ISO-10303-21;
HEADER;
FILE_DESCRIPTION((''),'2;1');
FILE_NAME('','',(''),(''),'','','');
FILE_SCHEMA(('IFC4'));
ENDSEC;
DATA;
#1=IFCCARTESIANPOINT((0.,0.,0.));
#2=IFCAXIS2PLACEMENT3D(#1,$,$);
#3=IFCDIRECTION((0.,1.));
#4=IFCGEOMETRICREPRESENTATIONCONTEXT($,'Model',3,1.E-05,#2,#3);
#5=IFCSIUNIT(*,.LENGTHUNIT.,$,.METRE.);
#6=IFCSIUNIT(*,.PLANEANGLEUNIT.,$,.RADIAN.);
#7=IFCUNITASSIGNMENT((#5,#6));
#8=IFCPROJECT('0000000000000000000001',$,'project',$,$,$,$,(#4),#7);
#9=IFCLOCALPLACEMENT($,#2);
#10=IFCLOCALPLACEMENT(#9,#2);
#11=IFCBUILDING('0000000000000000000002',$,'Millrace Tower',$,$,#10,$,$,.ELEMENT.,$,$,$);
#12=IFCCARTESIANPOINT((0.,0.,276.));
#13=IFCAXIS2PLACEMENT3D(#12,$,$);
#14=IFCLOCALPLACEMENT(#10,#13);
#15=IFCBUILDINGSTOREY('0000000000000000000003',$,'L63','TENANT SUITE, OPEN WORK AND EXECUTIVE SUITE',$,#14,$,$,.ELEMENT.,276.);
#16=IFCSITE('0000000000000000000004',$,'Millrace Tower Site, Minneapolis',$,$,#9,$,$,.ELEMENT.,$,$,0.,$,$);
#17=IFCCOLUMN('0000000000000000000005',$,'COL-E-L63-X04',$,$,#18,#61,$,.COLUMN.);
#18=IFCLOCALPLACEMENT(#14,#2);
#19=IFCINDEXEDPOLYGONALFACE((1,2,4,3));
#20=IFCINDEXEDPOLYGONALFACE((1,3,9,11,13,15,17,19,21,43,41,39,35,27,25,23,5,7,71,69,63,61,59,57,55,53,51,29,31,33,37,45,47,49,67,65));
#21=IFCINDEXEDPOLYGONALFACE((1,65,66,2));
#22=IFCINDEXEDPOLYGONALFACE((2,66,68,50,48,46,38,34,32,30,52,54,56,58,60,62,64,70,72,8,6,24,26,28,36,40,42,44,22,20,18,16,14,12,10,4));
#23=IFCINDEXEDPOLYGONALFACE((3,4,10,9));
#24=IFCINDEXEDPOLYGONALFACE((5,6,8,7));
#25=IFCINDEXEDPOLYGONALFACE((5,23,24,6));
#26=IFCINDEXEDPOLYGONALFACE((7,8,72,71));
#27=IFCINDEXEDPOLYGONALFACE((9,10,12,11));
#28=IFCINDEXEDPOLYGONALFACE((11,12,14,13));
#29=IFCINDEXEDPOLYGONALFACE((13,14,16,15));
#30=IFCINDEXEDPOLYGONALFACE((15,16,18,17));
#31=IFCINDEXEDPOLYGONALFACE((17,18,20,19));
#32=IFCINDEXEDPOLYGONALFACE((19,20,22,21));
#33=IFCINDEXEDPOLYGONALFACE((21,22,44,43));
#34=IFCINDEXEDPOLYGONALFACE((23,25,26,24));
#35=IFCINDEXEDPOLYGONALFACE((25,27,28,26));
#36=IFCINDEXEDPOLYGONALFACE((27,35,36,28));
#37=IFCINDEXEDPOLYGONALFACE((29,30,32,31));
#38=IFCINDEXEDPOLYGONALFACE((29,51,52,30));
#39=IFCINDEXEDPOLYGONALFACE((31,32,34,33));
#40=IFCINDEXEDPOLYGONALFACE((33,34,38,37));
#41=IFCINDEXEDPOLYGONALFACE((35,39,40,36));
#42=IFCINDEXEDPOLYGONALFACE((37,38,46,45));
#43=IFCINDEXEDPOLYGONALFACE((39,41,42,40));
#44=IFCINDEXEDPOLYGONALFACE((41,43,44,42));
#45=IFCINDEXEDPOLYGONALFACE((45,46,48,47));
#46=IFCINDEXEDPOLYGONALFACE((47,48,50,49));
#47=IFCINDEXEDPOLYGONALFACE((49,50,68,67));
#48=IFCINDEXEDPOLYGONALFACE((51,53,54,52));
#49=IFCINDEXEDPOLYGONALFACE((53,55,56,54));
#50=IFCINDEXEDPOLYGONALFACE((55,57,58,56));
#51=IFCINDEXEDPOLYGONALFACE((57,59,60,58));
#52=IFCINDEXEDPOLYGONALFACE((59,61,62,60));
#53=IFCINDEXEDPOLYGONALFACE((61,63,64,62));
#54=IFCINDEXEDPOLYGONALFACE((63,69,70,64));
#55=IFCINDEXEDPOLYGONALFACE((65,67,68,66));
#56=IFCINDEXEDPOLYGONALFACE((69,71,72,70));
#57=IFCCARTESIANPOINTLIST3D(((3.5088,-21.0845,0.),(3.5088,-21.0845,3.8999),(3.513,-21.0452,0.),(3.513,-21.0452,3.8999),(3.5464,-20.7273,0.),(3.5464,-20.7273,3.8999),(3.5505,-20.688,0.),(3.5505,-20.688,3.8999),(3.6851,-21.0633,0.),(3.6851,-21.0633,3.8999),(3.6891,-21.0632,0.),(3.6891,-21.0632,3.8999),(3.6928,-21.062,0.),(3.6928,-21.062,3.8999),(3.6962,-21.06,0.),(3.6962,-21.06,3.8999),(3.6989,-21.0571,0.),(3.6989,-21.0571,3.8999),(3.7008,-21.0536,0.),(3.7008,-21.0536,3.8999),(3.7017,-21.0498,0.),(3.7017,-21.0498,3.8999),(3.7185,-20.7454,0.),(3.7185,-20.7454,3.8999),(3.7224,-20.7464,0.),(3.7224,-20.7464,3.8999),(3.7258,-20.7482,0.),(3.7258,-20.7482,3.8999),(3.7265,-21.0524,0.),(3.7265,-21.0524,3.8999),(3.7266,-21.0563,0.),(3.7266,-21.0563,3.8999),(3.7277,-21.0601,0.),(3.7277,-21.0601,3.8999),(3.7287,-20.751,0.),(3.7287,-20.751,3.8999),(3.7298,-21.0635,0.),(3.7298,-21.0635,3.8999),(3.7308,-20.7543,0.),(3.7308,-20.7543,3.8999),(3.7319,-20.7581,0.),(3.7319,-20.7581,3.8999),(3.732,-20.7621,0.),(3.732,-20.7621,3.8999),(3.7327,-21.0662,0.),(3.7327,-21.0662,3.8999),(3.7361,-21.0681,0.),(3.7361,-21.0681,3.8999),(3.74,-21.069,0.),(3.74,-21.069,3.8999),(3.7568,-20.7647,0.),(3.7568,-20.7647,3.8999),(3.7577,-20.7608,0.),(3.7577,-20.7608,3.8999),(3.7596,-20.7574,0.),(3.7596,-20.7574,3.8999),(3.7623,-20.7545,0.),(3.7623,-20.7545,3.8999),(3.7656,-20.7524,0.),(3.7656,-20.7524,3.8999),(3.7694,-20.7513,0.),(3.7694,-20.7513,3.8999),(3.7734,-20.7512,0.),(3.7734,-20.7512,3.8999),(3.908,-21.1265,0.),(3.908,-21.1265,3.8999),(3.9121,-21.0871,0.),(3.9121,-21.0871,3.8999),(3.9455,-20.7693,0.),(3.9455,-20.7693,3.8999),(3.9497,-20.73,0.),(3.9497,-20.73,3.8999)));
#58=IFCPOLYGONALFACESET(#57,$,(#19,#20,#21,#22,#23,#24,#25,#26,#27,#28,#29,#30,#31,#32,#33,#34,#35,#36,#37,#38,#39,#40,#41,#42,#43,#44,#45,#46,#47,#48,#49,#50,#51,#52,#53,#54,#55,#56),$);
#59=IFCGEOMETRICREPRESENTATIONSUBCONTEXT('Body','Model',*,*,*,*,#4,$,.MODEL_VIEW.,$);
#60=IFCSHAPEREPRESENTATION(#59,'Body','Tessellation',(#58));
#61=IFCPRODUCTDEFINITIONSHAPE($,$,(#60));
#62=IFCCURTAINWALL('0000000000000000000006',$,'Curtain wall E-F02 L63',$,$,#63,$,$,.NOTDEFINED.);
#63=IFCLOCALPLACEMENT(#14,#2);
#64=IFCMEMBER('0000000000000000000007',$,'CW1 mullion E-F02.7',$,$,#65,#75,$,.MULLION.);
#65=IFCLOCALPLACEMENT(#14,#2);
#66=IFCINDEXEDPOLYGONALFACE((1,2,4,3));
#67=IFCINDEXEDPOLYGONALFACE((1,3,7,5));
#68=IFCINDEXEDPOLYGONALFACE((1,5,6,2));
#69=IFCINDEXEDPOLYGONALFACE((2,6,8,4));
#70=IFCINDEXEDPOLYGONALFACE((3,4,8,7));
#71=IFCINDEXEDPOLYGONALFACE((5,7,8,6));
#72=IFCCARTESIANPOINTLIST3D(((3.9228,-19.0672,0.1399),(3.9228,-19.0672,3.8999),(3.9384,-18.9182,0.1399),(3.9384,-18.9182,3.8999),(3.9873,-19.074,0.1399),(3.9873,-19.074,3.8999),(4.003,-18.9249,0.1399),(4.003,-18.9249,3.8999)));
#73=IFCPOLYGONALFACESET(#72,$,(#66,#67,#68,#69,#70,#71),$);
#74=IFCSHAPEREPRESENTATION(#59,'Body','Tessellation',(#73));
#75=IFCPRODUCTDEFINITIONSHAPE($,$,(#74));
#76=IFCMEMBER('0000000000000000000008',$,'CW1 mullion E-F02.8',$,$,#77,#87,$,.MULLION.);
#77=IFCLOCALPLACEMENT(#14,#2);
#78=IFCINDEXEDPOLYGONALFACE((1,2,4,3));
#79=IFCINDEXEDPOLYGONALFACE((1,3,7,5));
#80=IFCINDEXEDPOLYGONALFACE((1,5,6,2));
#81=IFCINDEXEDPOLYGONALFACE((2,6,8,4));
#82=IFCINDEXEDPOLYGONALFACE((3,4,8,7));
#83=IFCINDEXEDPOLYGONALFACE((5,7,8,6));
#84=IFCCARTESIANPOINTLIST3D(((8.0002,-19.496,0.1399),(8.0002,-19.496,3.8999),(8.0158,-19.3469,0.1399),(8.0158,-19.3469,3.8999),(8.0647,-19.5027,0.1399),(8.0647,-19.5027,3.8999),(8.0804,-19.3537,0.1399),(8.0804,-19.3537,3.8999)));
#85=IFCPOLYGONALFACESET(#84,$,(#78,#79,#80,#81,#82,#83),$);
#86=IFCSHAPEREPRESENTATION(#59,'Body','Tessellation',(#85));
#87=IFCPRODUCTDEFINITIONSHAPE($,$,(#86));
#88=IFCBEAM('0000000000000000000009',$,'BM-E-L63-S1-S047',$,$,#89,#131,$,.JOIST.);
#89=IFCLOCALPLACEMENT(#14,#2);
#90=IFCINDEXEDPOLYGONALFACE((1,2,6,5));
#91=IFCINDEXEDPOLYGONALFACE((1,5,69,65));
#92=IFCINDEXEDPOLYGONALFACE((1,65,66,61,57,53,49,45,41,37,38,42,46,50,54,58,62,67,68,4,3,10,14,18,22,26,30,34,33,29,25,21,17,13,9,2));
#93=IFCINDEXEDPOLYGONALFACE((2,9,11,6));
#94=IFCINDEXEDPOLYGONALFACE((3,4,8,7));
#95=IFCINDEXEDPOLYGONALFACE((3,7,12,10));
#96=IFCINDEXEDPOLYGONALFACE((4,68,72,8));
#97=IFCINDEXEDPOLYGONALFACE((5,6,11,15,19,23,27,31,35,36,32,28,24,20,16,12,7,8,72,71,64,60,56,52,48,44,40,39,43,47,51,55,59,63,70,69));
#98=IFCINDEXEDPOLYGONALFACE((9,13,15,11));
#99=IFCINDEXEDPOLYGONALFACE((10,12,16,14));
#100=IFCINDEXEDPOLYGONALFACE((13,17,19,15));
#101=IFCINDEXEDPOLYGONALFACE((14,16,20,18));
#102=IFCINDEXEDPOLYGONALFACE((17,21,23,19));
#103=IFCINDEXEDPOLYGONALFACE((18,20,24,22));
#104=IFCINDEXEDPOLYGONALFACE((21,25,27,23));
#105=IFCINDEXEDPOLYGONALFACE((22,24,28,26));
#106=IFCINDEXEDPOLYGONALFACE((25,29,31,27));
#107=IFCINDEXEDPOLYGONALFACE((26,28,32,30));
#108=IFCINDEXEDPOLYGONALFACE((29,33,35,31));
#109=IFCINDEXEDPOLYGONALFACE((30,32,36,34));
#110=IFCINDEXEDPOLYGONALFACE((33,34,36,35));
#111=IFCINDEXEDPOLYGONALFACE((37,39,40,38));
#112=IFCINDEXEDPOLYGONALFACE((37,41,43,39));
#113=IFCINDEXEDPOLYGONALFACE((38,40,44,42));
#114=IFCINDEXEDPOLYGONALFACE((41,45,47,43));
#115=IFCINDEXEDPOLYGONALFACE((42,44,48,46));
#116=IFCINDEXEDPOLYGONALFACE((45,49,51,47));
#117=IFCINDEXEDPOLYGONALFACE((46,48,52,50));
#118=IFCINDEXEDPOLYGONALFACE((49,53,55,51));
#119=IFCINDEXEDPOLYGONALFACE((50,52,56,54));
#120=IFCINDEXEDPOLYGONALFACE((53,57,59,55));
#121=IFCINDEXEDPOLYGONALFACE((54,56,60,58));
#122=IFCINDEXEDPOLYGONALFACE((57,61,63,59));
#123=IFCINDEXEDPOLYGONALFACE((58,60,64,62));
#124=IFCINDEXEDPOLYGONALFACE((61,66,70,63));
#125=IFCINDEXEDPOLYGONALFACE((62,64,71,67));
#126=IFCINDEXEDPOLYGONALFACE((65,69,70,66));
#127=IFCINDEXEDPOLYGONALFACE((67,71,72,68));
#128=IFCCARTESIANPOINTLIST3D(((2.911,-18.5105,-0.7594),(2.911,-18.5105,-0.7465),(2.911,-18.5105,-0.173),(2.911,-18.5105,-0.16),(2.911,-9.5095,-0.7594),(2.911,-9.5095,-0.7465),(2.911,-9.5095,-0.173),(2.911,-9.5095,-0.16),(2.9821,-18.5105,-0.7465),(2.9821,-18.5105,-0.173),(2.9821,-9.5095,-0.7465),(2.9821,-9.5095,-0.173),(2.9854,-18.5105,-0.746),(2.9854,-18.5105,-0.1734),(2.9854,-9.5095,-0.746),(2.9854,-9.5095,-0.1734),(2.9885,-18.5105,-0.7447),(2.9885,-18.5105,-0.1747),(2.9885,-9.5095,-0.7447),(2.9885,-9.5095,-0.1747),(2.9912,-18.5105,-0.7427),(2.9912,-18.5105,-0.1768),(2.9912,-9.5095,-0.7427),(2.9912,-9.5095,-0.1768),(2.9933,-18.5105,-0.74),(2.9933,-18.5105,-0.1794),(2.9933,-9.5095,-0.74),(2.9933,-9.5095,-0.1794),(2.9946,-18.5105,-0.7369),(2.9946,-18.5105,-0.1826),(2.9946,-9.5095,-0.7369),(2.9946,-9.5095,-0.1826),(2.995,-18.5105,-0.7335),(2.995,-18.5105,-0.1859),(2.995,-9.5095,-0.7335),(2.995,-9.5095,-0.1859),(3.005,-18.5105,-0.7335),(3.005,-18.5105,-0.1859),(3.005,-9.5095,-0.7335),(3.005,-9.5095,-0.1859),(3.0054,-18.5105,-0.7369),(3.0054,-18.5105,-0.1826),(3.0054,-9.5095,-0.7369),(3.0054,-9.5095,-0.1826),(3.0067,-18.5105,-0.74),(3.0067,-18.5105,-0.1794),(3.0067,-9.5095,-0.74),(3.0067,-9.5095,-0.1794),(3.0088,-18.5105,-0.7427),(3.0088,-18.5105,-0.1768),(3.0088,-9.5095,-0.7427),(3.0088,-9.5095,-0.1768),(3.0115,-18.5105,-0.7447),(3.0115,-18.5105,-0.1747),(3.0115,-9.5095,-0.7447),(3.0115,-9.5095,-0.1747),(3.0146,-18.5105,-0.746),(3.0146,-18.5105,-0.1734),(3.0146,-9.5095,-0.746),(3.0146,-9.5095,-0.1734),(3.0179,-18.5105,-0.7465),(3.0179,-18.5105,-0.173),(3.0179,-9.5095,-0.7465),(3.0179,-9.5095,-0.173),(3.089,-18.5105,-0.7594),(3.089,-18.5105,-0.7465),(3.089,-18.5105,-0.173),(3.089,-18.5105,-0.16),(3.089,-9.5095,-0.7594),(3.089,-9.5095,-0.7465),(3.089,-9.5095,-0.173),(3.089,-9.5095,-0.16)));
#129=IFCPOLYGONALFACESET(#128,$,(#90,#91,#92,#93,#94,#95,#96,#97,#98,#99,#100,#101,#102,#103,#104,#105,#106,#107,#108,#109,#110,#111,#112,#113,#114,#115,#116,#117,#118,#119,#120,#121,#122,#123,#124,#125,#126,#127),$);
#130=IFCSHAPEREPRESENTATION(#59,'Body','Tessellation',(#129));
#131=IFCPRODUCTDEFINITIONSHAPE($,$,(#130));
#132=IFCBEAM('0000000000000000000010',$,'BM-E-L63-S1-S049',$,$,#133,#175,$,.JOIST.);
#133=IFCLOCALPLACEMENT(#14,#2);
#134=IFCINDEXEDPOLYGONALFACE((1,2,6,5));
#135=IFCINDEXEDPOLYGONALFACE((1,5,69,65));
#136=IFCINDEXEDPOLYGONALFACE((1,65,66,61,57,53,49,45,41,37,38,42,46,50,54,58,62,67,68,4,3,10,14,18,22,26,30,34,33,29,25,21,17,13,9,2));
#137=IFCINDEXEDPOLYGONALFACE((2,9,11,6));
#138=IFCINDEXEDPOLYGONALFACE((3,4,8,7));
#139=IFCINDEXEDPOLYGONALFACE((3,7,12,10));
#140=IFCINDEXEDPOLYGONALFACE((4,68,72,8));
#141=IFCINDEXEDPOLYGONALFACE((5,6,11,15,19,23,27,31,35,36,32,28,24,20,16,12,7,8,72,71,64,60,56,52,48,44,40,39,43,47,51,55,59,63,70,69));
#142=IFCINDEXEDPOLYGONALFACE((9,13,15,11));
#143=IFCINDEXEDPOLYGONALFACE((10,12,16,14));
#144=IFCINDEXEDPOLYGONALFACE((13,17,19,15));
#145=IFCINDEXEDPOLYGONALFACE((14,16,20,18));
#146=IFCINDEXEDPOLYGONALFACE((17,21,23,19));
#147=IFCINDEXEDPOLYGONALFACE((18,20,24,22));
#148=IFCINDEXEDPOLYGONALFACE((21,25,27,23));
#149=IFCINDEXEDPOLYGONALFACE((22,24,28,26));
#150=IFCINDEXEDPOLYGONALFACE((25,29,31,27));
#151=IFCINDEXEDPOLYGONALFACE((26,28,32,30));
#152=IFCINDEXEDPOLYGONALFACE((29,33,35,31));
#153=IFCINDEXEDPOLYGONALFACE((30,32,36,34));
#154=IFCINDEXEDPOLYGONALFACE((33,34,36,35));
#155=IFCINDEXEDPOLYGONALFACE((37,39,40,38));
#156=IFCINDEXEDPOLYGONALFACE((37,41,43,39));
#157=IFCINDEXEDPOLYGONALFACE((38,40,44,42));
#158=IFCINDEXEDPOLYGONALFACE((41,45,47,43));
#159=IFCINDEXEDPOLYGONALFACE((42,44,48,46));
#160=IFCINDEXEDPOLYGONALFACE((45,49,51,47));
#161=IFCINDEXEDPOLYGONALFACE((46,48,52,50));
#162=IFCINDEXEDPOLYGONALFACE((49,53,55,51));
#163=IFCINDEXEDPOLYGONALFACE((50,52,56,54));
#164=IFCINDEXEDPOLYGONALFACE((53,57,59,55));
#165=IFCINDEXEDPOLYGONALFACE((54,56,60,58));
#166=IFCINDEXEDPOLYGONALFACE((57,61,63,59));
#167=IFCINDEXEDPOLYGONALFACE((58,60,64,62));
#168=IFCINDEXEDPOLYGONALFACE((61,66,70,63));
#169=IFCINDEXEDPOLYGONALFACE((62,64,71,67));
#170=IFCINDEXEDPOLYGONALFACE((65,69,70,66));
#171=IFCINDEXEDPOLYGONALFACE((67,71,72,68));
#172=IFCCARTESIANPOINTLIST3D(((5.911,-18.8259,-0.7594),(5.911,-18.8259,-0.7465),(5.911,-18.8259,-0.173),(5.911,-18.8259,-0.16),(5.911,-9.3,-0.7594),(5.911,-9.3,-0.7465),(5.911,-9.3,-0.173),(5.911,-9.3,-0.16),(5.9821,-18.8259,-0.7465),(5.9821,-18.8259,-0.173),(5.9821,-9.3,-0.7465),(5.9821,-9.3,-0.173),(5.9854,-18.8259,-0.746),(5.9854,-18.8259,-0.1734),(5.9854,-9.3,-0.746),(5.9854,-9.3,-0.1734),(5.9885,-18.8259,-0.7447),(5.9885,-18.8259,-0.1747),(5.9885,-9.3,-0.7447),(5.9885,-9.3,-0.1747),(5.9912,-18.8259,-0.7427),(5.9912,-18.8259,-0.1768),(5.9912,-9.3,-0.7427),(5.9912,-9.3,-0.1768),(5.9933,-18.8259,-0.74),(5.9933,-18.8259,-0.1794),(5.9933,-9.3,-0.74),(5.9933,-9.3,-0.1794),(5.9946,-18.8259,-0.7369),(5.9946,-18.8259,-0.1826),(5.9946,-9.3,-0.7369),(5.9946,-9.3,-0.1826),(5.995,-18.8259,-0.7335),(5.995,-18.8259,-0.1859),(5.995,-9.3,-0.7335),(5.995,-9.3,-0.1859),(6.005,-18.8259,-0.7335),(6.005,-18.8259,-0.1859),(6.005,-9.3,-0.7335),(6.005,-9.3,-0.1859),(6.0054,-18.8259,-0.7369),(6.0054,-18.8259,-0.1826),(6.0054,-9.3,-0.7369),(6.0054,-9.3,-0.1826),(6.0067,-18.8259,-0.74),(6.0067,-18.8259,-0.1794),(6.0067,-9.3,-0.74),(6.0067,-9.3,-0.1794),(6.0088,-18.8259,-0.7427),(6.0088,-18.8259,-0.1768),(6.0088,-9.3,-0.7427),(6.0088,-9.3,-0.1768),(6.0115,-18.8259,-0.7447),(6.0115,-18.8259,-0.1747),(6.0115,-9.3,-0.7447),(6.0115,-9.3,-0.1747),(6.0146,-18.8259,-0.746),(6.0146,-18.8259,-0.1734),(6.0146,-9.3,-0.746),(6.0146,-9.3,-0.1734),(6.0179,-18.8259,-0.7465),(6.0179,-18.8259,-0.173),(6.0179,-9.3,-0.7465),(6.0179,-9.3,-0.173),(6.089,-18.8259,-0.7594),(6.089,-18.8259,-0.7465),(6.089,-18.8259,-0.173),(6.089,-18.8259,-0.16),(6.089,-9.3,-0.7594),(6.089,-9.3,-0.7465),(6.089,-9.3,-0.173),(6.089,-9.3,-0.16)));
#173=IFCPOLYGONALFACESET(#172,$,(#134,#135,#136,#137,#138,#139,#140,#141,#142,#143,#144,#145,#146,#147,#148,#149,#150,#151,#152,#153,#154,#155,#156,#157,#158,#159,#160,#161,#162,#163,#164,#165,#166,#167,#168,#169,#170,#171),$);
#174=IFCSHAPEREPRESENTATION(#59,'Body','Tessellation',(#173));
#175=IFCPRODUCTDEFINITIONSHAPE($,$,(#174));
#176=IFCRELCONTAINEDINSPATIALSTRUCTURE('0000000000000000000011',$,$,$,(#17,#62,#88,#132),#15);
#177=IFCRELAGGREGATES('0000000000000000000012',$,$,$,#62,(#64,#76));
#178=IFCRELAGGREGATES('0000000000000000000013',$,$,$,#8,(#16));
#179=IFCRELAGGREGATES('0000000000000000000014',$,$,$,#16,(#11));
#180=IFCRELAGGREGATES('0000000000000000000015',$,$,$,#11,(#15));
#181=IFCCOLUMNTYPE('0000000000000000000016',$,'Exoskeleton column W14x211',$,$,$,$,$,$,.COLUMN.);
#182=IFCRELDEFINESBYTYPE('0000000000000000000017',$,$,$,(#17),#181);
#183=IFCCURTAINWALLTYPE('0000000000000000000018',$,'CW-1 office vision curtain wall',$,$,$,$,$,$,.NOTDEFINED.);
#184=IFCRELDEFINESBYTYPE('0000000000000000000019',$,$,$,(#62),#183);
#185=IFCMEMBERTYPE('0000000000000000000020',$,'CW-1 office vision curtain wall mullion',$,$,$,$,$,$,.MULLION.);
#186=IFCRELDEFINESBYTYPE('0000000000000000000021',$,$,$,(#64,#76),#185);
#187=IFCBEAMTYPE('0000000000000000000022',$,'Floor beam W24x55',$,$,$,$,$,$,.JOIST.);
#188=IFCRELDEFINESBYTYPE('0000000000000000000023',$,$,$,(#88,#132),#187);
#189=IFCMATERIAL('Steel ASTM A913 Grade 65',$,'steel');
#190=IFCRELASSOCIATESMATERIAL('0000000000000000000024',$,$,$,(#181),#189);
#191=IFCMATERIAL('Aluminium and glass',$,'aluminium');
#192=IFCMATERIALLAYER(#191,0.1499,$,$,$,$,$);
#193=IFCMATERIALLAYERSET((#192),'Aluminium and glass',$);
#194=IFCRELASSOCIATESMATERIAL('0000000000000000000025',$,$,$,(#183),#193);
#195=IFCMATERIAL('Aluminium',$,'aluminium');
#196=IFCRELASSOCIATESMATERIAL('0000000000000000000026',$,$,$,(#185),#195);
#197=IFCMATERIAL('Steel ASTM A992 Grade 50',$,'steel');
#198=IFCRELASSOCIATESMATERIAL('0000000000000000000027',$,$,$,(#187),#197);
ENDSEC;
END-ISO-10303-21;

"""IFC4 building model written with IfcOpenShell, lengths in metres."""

from ifc_helpers import new_model, si_unit, direction, frame, origin, origin_2d, place, context, subcontext, project, spatial, rectangle, i_section, extrude, material, layer, layer_set, material_profile, profile_set, type_object, element, aggregate, save


model = new_model("IFC4")

# Units and contexts
model_context = context("Model", 3, precision=1e-05, world=origin(), true_north=direction((0.0, 1.0)))
body_context = subcontext(model_context, "Body", "Model", "MODEL_VIEW")
ifc_project = project(units=[si_unit("LENGTHUNIT", "METRE"), si_unit("PLANEANGLEUNIT", "RADIAN")], contexts=[model_context])

# Site, building, storey
site_placement = place(None, origin())
site = spatial("IfcSite", under=ifc_project, at=site_placement, Name="Millrace Tower Site, Minneapolis", CompositionType="ELEMENT", RefElevation=0.0)
building_placement = place(site_placement, origin())
building = spatial("IfcBuilding", under=site, at=building_placement, Name="Millrace Tower", CompositionType="ELEMENT")
storey_placement = place(building_placement, frame((0.0, 0.0, 276.0)))
storey = spatial("IfcBuildingStorey", under=building, at=storey_placement, Name="L63", Description="TENANT SUITE, OPEN WORK AND EXECUTIVE SUITE", CompositionType="ELEMENT", Elevation=276.0)

# Column
ifc_material_1 = material(Name="Steel ASTM A913 Grade 65", Category="steel")
ifc_material_profile_1 = material_profile(ifc_material_1, i_section(OverallWidth=0.4014, OverallDepth=0.3987, WebThickness=0.0249, FlangeThickness=0.0396, FilletRadius=0.0151, at=origin_2d()))
ifc_profile_set_1 = profile_set([ifc_material_profile_1], Name="Steel ASTM A913 Grade 65")
column_type = type_object("IfcColumnType", Name="Exoskeleton column W14x211", PredefinedType="COLUMN", material=ifc_profile_set_1)
column_placement = place(storey_placement, frame((3.7292, -20.9072, 0.0), z_axis=(0.0, 0.0, 1.0), x_axis=(0.994522, -0.104528, 0.0)))
element("IfcColumn", 1, at=column_placement, inside=storey, type_object=column_type, Name="COL-E-L63-X04", PredefinedType="COLUMN", context=body_context, shape_type="SweptSolid", body=[
    extrude(i_section(OverallWidth=0.4014, OverallDepth=0.3987, WebThickness=0.0249, FlangeThickness=0.0396, FilletRadius=0.0151, at=origin_2d()), origin(), (0.0, 0.0, 1.0), 3.8999),
])

# Curtain wall, members
ifc_material_2 = material(Name="Aluminium and glass", Category="aluminium")
ifc_layer_1 = layer(ifc_material_2, 0.1499)
ifc_layer_set_1 = layer_set([ifc_layer_1], Name="Aluminium and glass")
curtain_wall_type = type_object("IfcCurtainWallType", Name="CW-1 office vision curtain wall", PredefinedType="NOTDEFINED", material=ifc_layer_set_1)
placement = place(storey_placement, origin())
curtain_wall = element("IfcCurtainWall", 2, at=placement, inside=storey, type_object=curtain_wall_type, Name="Curtain wall E-F02 L63", PredefinedType="NOTDEFINED")
ifc_material_3 = material(Name="Aluminium", Category="aluminium")
ifc_material_profile_2 = material_profile(ifc_material_3, rectangle(XDim=0.0649, YDim=0.1499, at=origin_2d()))
ifc_profile_set_2 = profile_set([ifc_material_profile_2], Name="Aluminium")
member_type = type_object("IfcMemberType", Name="CW-1 office vision curtain wall mullion", PredefinedType="MULLION", material=ifc_profile_set_2)
member_1_placement = place(storey_placement, frame((3.9629, -18.9961, 0.1399), z_axis=(0.0, 0.0, 1.0), x_axis=(0.994522, -0.104528, 0.0)))
member_1 = element("IfcMember", 3, at=member_1_placement, type_object=member_type, Name="CW1 mullion E-F02.7", PredefinedType="MULLION", context=body_context, shape_type="SweptSolid", body=[
    extrude(rectangle(XDim=0.0649, YDim=0.1499, at=origin_2d()), origin(), (0.0, 0.0, 1.0), 3.76),
])
member_2_placement = place(storey_placement, frame((8.0403, -19.4248, 0.1399), z_axis=(0.0, 0.0, 1.0), x_axis=(0.994522, -0.104528, 0.0)))
member_2 = element("IfcMember", 4, at=member_2_placement, type_object=member_type, Name="CW1 mullion E-F02.8", PredefinedType="MULLION", context=body_context, shape_type="SweptSolid", body=[
    extrude(rectangle(XDim=0.0649, YDim=0.1499, at=origin_2d()), origin(), (0.0, 0.0, 1.0), 3.76),
])
aggregate(curtain_wall, [member_1, member_2])

# Beams
ifc_material_4 = material(Name="Steel ASTM A992 Grade 50", Category="steel")
ifc_material_profile_3 = material_profile(ifc_material_4, i_section(OverallWidth=0.178, OverallDepth=0.5994, WebThickness=0.01, FlangeThickness=0.0129, FilletRadius=0.0129, at=origin_2d()))
ifc_profile_set_3 = profile_set([ifc_material_profile_3], Name="Steel ASTM A992 Grade 50")
beam_type_1 = type_object("IfcBeamType", Name="Floor beam W24x55", PredefinedType="JOIST", material=ifc_profile_set_3)
beam_1_placement = place(storey_placement, frame((3.0, -18.5105, -0.4597), z_axis=(0.0, 1.0, 0.0), x_axis=(-1.0, 0.0, 0.0)))
element("IfcBeam", 5, at=beam_1_placement, inside=storey, type_object=beam_type_1, Name="BM-E-L63-S1-S047", PredefinedType="JOIST", context=body_context, shape_type="SweptSolid", body=[
    extrude(i_section(OverallWidth=0.178, OverallDepth=0.5994, WebThickness=0.01, FlangeThickness=0.0129, FilletRadius=0.0129, at=origin_2d()), origin(), (0.0, 0.0, 1.0), 9.001),
])
beam_2_placement = place(storey_placement, frame((6.0, -18.8259, -0.4597), z_axis=(0.0, 1.0, 0.0), x_axis=(-1.0, 0.0, 0.0)))
element("IfcBeam", 6, at=beam_2_placement, inside=storey, type_object=beam_type_1, Name="BM-E-L63-S1-S049", PredefinedType="JOIST", context=body_context, shape_type="SweptSolid", body=[
    extrude(i_section(OverallWidth=0.178, OverallDepth=0.5994, WebThickness=0.01, FlangeThickness=0.0129, FilletRadius=0.0129, at=origin_2d()), origin(), (0.0, 0.0, 1.0), 9.5259),
])

save(model, "model.ifc")
